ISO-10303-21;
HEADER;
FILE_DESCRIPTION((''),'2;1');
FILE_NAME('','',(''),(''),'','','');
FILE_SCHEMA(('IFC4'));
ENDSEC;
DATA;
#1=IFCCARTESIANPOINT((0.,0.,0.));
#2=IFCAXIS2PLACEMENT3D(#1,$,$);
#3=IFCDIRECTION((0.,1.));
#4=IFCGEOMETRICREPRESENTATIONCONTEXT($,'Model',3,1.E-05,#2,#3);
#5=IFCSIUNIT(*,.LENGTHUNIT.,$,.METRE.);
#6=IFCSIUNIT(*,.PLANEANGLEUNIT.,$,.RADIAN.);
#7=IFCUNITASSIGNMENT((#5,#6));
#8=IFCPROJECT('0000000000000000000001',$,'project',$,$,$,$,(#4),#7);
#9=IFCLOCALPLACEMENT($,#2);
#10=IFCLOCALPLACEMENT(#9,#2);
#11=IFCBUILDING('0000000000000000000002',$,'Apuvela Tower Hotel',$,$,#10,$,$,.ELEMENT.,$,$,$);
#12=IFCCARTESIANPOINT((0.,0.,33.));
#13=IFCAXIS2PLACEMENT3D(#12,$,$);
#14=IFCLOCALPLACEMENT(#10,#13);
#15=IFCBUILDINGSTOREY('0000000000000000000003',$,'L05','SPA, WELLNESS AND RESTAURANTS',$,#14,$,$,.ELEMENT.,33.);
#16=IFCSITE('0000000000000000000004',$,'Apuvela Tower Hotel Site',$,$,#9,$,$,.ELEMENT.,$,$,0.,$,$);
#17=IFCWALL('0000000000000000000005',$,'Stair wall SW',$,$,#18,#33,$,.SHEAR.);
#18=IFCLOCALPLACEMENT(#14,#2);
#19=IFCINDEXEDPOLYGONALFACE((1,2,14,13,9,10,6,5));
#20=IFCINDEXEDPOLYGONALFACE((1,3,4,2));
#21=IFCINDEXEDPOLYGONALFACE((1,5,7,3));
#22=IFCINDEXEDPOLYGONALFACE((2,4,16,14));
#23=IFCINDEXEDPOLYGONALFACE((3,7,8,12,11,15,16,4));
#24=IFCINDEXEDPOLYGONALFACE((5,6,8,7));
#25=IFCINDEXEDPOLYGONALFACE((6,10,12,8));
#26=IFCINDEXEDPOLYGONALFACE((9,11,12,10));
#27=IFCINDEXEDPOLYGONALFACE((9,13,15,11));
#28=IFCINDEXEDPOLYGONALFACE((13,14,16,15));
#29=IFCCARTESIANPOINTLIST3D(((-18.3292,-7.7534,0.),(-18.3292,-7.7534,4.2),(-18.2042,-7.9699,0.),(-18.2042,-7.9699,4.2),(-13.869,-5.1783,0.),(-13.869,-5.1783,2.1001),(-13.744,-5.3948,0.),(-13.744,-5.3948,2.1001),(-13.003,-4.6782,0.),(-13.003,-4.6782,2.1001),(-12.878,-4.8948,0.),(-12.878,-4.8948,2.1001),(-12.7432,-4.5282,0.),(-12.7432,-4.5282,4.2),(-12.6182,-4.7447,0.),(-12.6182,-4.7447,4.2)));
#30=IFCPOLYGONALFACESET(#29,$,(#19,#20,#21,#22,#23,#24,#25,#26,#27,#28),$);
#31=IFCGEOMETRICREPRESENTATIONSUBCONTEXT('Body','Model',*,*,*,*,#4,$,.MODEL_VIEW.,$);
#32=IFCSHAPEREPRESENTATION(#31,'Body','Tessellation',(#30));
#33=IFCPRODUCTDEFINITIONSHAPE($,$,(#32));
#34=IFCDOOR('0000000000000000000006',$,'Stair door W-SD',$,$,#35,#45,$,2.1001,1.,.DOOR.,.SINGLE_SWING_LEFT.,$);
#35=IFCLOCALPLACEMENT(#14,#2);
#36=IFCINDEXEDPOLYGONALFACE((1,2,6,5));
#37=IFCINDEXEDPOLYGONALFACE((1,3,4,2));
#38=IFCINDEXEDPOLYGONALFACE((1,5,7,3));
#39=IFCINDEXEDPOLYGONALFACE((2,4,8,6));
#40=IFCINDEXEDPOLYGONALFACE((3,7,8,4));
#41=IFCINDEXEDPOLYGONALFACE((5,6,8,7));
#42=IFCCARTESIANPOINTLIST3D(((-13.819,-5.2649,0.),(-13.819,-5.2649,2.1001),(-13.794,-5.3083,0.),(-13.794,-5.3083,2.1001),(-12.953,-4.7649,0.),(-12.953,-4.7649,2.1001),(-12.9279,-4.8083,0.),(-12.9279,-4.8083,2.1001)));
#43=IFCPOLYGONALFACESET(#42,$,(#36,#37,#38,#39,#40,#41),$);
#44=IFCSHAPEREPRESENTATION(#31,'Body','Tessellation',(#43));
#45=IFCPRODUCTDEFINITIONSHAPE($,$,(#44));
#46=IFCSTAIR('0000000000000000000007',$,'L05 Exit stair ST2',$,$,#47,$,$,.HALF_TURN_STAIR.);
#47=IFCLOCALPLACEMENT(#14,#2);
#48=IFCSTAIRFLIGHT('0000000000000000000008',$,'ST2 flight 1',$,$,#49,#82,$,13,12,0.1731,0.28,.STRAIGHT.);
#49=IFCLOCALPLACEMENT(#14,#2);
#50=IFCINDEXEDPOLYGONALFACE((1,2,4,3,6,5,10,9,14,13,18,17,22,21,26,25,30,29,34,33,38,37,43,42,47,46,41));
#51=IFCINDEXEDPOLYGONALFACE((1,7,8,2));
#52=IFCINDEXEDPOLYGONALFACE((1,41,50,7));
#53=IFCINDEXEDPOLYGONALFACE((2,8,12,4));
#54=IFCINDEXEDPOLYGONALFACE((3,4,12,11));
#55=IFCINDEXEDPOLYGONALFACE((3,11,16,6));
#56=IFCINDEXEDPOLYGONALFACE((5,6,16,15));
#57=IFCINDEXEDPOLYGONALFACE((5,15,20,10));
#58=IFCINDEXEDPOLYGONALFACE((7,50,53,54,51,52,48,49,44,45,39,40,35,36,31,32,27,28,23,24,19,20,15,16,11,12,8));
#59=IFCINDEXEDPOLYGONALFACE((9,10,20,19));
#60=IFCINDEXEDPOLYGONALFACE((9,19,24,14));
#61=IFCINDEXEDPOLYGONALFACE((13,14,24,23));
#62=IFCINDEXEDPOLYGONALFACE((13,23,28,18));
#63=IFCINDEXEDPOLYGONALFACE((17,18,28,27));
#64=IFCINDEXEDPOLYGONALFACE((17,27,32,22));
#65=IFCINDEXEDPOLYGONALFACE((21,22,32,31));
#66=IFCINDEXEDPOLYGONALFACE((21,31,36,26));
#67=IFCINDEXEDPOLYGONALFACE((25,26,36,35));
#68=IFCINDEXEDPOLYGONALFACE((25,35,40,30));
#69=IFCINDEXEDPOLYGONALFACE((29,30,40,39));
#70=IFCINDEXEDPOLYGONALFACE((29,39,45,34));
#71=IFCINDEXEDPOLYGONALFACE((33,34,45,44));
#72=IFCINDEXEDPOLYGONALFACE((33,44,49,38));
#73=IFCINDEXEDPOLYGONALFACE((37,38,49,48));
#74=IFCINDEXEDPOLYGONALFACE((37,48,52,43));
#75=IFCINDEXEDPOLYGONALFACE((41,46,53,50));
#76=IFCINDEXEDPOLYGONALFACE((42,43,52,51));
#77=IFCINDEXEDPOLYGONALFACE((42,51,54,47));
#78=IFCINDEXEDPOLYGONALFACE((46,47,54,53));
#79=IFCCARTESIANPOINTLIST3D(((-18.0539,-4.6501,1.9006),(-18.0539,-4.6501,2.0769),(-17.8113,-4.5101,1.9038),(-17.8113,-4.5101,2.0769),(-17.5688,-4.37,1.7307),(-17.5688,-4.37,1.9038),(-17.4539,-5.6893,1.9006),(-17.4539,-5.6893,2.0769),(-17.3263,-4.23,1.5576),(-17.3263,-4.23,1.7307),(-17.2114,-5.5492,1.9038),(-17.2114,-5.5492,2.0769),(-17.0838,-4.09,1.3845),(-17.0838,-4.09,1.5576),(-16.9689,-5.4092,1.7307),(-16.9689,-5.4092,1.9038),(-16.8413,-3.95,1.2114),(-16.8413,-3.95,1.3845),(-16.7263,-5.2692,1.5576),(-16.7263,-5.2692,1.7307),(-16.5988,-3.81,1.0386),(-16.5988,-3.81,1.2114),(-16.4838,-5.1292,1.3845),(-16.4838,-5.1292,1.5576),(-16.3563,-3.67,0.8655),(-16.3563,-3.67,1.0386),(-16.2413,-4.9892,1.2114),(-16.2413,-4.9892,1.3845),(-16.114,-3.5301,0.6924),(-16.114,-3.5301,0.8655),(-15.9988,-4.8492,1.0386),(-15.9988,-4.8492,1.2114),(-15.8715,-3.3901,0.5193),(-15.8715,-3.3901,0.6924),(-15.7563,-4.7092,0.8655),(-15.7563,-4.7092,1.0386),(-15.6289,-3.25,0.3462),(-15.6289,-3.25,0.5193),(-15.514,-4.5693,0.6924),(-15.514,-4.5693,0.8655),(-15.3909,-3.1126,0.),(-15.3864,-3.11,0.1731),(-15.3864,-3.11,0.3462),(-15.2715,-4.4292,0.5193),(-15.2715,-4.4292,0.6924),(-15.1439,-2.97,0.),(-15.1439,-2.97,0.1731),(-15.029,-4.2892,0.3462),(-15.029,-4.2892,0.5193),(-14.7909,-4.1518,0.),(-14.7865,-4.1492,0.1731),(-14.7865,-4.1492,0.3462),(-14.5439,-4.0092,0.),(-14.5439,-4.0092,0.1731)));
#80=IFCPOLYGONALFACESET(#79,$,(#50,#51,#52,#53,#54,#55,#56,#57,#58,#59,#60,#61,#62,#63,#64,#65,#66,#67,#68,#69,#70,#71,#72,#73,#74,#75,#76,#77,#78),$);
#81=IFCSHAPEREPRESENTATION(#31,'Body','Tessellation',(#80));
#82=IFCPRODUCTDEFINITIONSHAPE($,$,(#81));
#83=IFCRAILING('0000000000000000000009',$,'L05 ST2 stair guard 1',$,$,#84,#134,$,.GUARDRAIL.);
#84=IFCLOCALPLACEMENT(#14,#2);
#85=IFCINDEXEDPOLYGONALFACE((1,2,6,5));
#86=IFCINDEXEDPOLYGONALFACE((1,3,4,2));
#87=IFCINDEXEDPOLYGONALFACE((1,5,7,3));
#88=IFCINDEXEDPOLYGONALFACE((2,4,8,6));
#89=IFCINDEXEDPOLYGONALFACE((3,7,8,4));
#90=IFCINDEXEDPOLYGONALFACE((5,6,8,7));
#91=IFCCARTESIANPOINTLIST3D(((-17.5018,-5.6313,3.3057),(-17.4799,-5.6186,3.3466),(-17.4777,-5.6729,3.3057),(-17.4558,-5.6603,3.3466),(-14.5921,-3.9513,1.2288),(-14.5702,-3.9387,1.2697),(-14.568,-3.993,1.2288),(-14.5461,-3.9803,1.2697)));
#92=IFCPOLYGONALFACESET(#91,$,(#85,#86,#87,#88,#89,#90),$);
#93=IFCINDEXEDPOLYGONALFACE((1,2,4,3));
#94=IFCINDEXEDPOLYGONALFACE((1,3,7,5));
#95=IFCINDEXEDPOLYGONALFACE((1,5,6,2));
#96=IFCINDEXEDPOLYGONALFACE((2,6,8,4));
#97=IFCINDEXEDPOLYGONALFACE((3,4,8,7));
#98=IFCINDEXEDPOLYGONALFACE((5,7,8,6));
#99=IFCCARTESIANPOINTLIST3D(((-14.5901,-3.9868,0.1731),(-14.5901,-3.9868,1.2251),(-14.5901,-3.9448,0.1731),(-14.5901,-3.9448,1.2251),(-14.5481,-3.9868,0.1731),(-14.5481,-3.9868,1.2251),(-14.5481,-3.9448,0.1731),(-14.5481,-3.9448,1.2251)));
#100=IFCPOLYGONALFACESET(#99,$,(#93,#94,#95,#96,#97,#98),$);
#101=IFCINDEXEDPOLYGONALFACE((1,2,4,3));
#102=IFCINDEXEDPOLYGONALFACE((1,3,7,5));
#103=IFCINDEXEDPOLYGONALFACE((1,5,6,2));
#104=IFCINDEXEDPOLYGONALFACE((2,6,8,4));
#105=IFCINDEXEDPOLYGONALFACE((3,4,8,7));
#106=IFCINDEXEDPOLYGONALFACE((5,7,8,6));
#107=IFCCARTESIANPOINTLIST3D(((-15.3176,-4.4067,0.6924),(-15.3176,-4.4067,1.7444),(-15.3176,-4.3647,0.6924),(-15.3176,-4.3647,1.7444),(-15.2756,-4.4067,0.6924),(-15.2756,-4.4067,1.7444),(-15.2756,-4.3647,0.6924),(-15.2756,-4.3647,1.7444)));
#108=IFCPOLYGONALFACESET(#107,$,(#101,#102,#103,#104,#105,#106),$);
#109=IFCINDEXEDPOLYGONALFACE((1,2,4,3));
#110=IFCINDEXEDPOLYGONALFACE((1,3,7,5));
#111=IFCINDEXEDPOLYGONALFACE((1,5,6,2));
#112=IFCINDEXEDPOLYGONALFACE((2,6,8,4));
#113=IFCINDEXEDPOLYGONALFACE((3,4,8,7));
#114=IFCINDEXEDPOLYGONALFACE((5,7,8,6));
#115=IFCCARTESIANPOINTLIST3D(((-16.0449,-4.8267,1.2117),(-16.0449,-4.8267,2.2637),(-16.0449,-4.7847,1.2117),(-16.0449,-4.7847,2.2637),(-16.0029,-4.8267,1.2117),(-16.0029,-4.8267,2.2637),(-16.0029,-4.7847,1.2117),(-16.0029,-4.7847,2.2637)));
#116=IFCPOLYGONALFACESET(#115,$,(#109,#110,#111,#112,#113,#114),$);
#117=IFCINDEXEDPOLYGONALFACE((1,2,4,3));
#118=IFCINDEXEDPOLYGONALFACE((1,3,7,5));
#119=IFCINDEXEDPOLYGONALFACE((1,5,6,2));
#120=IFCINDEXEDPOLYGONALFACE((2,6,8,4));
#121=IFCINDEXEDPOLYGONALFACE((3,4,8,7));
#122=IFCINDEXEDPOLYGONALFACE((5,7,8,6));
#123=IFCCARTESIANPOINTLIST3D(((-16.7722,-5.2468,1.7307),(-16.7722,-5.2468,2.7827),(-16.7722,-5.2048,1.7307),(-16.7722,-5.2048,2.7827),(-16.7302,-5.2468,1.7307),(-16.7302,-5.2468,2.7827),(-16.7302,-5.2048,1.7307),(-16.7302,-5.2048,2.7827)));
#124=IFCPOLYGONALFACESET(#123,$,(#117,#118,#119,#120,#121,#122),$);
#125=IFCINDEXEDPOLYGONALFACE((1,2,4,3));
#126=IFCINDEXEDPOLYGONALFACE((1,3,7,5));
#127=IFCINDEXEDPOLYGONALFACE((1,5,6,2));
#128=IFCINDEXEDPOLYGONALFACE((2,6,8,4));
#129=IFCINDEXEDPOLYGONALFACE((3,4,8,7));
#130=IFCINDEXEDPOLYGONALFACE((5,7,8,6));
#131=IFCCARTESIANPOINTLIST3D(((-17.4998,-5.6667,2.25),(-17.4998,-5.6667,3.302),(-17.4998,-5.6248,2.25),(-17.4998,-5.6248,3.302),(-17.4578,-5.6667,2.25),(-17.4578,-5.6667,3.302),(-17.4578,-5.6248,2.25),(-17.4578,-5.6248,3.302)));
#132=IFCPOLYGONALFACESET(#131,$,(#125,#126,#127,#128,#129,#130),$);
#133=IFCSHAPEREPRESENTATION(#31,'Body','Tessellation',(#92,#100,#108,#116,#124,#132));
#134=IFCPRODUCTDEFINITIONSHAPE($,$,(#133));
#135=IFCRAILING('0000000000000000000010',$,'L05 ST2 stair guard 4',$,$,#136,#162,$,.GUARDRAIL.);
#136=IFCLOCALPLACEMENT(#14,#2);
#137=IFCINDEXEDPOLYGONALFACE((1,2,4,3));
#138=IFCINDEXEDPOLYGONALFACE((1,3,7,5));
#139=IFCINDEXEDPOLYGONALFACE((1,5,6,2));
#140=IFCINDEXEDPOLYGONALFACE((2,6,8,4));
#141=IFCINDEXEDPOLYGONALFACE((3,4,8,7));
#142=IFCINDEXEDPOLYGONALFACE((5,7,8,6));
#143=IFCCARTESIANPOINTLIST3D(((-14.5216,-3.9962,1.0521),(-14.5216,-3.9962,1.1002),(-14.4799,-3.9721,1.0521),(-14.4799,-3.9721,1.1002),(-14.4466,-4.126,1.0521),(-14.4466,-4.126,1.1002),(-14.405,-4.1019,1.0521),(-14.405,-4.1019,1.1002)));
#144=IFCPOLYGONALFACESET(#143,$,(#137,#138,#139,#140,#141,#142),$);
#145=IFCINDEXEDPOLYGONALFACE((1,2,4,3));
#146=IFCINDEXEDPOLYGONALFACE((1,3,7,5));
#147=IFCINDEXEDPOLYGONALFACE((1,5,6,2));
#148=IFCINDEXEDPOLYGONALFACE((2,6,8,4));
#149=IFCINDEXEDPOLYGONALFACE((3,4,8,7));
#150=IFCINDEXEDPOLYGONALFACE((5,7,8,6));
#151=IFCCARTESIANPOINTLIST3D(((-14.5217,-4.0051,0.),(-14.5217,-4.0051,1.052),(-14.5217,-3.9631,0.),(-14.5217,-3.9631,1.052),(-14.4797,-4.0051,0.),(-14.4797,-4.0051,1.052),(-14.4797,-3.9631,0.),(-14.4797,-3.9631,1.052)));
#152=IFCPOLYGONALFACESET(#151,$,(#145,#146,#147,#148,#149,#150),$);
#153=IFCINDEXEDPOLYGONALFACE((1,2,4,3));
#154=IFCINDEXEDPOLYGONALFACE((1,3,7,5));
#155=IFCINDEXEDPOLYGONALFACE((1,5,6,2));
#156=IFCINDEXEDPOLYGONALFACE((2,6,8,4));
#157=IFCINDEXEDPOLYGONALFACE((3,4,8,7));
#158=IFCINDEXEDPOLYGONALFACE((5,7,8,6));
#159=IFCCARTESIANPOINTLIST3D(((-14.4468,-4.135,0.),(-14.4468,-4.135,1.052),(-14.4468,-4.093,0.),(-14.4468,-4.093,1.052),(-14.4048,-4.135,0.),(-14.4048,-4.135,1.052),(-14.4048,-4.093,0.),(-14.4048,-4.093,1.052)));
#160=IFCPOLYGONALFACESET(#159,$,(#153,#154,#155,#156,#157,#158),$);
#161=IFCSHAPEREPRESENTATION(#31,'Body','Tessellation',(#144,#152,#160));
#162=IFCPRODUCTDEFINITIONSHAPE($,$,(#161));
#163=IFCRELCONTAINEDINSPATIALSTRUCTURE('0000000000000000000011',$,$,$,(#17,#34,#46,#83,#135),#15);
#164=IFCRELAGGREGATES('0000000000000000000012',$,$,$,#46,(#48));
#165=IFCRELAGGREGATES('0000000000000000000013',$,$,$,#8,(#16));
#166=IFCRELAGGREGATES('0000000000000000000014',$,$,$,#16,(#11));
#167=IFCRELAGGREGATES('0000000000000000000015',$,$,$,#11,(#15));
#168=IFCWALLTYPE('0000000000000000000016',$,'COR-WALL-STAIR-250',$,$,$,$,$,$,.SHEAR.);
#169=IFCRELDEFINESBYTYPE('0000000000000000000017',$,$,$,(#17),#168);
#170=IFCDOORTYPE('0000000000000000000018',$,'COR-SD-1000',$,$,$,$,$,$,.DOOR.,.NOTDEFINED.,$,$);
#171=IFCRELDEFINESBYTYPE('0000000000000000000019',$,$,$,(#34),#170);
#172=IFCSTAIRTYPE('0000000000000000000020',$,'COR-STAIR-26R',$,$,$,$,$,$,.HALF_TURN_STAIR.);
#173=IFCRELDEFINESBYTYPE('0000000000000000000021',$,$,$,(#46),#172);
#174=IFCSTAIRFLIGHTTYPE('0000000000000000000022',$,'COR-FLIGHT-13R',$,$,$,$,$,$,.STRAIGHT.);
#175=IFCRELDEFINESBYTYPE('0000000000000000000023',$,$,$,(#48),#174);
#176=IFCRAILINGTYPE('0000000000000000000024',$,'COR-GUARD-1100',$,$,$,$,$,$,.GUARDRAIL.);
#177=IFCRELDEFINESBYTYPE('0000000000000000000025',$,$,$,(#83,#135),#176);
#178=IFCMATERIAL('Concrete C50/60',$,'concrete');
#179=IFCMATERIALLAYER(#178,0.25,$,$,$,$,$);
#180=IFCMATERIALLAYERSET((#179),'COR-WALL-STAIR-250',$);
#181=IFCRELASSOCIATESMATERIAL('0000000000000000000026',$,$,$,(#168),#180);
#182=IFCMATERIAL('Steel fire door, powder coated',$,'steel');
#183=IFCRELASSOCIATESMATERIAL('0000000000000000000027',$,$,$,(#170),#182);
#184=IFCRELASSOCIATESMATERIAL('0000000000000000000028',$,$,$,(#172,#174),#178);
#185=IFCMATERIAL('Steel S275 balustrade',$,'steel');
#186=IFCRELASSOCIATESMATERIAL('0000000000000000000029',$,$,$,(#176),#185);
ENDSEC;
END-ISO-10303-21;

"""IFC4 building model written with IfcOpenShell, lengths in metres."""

from ifc_helpers import new_model, si_unit, direction, frame, frame_2d, origin, origin_2d, place, context, subcontext, project, spatial, polyline, rectangle, outline, extrude, material, layer, layer_set, type_object, element, fill, aggregate, save


model = new_model("IFC4")

# Units and contexts
model_context = context("Model", 3, precision=1e-05, world=origin(), true_north=direction((0.0, 1.0)))
body_context = subcontext(model_context, "Body", "Model", "MODEL_VIEW")
ifc_project = project(units=[si_unit("LENGTHUNIT", "METRE"), si_unit("PLANEANGLEUNIT", "RADIAN")], contexts=[model_context])

# Site, building, storey
site_placement = place(None, origin())
site = spatial("IfcSite", under=ifc_project, at=site_placement, Name="Apuvela Tower Hotel Site", CompositionType="ELEMENT", RefElevation=0.0)
building_placement = place(site_placement, origin())
building = spatial("IfcBuilding", under=site, at=building_placement, Name="Apuvela Tower Hotel", CompositionType="ELEMENT")
storey_placement = place(building_placement, frame((0.0, 0.0, 33.0)))
storey = spatial("IfcBuildingStorey", under=building, at=storey_placement, Name="L05", Description="SPA, WELLNESS AND RESTAURANTS", CompositionType="ELEMENT", Elevation=33.0)

# Shared definitions
ifc_material_1 = material(Name="Concrete C50/60", Category="concrete")
ifc_material_2 = material(Name="Steel fire door, powder coated", Category="steel")

# Wall, opening, door
ifc_layer_1 = layer(ifc_material_1, 0.25)
ifc_layer_set_1 = layer_set([ifc_layer_1], Name="COR-WALL-STAIR-250")
wall_type_1 = type_object("IfcWallType", Name="COR-WALL-STAIR-250", PredefinedType="SHEAR", material=ifc_layer_set_1)
wall_1_placement = place(storey_placement, frame((-12.6807, -4.6365, 0.0), z_axis=(0.0, 0.0, 1.0), x_axis=(-0.866022, -0.500006, 0.0)))
wall_1 = element("IfcWall", 1, at=wall_1_placement, inside=storey, type_object=wall_type_1, Name="Stair wall SW", PredefinedType="SHEAR", context=body_context, shape_type="SweptSolid", body=[
    extrude(rectangle(XDim=6.4502, YDim=0.25, at=frame_2d((3.2251, 0.0))), origin(), (0.0, 0.0, 1.0), 4.2),
])
opening_1_placement = place(wall_1_placement, frame((0.3, 0.0, 0.0)))
opening_1 = element("IfcOpeningElement", 2, at=opening_1_placement, cuts=wall_1, PredefinedType="OPENING", context=body_context, shape_type="SweptSolid", body=[
    extrude(rectangle(XDim=1.0, YDim=2.1001, at=frame_2d((0.5, 1.05))), frame((0.0, 0.135, 0.0), z_axis=(0.0, -1.0, 0.0), x_axis=(1.0, 0.0, 0.0)), (0.0, 0.0, 1.0), 0.27),
])
door_type_1 = type_object("IfcDoorType", Name="COR-SD-1000", OperationType="NOTDEFINED", PredefinedType="DOOR", material=ifc_material_2)
door_1_placement = place(opening_1_placement, frame((1.0, 0.0, 0.0), z_axis=(0.0, 0.0, 1.0), x_axis=(-1.0, 0.0, 0.0)))
door_1 = element("IfcDoor", 3, at=door_1_placement, inside=storey, type_object=door_type_1, Name="Stair door W-SD", OperationType="SINGLE_SWING_LEFT", OverallHeight=2.1001, OverallWidth=1.0, PredefinedType="DOOR", context=body_context, shape_type="SweptSolid", body=[
    extrude(rectangle(XDim=1.0, YDim=2.1001, at=frame_2d((0.5, 1.05))), frame((0.0, 0.0249, 0.0), z_axis=(0.0, -1.0, 0.0), x_axis=(1.0, 0.0, 0.0)), (0.0, 0.0, 1.0), 0.05),
])
fill(opening_1, door_1)

# Stair, stair flight
stair_type = type_object("IfcStairType", Name="COR-STAIR-26R", PredefinedType="HALF_TURN_STAIR", material=ifc_material_1)
stair_placement = place(storey_placement, origin())
stair = element("IfcStair", 4, at=stair_placement, inside=storey, type_object=stair_type, Name="L05 Exit stair ST2", PredefinedType="HALF_TURN_STAIR")
stair_flight_type = type_object("IfcStairFlightType", Name="COR-FLIGHT-13R", PredefinedType="STRAIGHT", material=ifc_material_1)
stair_flight_placement = place(storey_placement, frame((-14.844, -3.4895, 0.0), z_axis=(0.0, 0.0, 1.0), x_axis=(-0.866025, -0.5, 0.0)))
stair_flight = element("IfcStairFlight", 5, at=stair_flight_placement, type_object=stair_flight_type, Name="ST2 flight 1", NumberOfRisers=13, NumberOfTreads=12, PredefinedType="STRAIGHT", RiserHeight=0.1731, TreadLength=0.28, context=body_context, shape_type="SweptSolid", body=[
    extrude(outline(polyline([(0.0, 0.0), (0.0, 0.1731), (0.28, 0.1731), (0.28, 0.3462), (0.5601, 0.3462), (0.5601, 0.5193), (0.8401, 0.5193), (0.8401, 0.6924), (1.1201, 0.6924), (1.1201, 0.8655), (1.3999, 0.8655), (1.3999, 1.0386), (1.6799, 1.0386), (1.6799, 1.2114), (1.96, 1.2114), (1.96, 1.3845), (2.24, 1.3845), (2.24, 1.5576), (2.52, 1.5576), (2.52, 1.7307), (2.8, 1.7307), (2.8, 1.9038), (3.0801, 1.9038), (3.0801, 2.0769), (3.3601, 2.0769), (3.3601, 2.25), (3.3601, 1.9006), (0.2852, 0.0), (0.0, 0.0)])), frame((0.0, 0.6001, 0.0), z_axis=(0.0, -1.0, 0.0), x_axis=(1.0, 0.0, 0.0)), (0.0, 0.0, 1.0), 1.2),
])
aggregate(stair, [stair_flight])

# Railings
ifc_material_3 = material(Name="Steel S275 balustrade", Category="steel")
railing_type_1 = type_object("IfcRailingType", Name="COR-GUARD-1100", PredefinedType="GUARDRAIL", material=ifc_material_3)
railing_1_placement = place(storey_placement, frame((-14.5691, -3.9658, 0.1731)))
element("IfcRailing", 6, at=railing_1_placement, inside=storey, type_object=railing_type_1, Name="L05 ST2 stair guard 1", PredefinedType="GUARDRAIL", context=body_context, shape_type="SweptSolid", body=[
    extrude(rectangle(XDim=0.0481, YDim=0.0481, at=origin_2d()), frame((0.0, 0.0, 1.0762), z_axis=(-0.73664, -0.425308, 0.525809), x_axis=(0.500008, -0.866021, 0.0)), (0.0, 0.0, 1.0), 3.95),
    extrude(rectangle(XDim=0.042, YDim=0.042, at=origin_2d()), origin(), (0.0, 0.0, 1.0), 1.052),
    extrude(rectangle(XDim=0.042, YDim=0.042, at=origin_2d()), frame((-0.7275, -0.4199, 0.5193)), (0.0, 0.0, 1.0), 1.052),
    extrude(rectangle(XDim=0.042, YDim=0.042, at=origin_2d()), frame((-1.4548, -0.8398, 1.0386)), (0.0, 0.0, 1.0), 1.052),
    extrude(rectangle(XDim=0.042, YDim=0.042, at=origin_2d()), frame((-2.1821, -1.26, 1.5576)), (0.0, 0.0, 1.0), 1.052),
    extrude(rectangle(XDim=0.042, YDim=0.042, at=origin_2d()), frame((-2.9097, -1.6799, 2.0769)), (0.0, 0.0, 1.0), 1.052),
])
railing_2_placement = place(storey_placement, frame((-14.5007, -3.9841, 0.0)))
element("IfcRailing", 7, at=railing_2_placement, inside=storey, type_object=railing_type_1, Name="L05 ST2 stair guard 4", PredefinedType="GUARDRAIL", context=body_context, shape_type="SweptSolid", body=[
    extrude(rectangle(XDim=0.0481, YDim=0.0481, at=origin_2d()), frame((0.0, 0.0, 1.0762), z_axis=(0.499816, -0.866131, 0.0), x_axis=(0.866131, 0.499816, 0.0)), (0.0, 0.0, 1.0), 0.1499),
    extrude(rectangle(XDim=0.042, YDim=0.042, at=origin_2d()), origin(), (0.0, 0.0, 1.0), 1.052),
    extrude(rectangle(XDim=0.042, YDim=0.042, at=origin_2d()), frame((0.075, -0.1299, 0.0)), (0.0, 0.0, 1.0), 1.052),
])

save(model, "model.ifc")
